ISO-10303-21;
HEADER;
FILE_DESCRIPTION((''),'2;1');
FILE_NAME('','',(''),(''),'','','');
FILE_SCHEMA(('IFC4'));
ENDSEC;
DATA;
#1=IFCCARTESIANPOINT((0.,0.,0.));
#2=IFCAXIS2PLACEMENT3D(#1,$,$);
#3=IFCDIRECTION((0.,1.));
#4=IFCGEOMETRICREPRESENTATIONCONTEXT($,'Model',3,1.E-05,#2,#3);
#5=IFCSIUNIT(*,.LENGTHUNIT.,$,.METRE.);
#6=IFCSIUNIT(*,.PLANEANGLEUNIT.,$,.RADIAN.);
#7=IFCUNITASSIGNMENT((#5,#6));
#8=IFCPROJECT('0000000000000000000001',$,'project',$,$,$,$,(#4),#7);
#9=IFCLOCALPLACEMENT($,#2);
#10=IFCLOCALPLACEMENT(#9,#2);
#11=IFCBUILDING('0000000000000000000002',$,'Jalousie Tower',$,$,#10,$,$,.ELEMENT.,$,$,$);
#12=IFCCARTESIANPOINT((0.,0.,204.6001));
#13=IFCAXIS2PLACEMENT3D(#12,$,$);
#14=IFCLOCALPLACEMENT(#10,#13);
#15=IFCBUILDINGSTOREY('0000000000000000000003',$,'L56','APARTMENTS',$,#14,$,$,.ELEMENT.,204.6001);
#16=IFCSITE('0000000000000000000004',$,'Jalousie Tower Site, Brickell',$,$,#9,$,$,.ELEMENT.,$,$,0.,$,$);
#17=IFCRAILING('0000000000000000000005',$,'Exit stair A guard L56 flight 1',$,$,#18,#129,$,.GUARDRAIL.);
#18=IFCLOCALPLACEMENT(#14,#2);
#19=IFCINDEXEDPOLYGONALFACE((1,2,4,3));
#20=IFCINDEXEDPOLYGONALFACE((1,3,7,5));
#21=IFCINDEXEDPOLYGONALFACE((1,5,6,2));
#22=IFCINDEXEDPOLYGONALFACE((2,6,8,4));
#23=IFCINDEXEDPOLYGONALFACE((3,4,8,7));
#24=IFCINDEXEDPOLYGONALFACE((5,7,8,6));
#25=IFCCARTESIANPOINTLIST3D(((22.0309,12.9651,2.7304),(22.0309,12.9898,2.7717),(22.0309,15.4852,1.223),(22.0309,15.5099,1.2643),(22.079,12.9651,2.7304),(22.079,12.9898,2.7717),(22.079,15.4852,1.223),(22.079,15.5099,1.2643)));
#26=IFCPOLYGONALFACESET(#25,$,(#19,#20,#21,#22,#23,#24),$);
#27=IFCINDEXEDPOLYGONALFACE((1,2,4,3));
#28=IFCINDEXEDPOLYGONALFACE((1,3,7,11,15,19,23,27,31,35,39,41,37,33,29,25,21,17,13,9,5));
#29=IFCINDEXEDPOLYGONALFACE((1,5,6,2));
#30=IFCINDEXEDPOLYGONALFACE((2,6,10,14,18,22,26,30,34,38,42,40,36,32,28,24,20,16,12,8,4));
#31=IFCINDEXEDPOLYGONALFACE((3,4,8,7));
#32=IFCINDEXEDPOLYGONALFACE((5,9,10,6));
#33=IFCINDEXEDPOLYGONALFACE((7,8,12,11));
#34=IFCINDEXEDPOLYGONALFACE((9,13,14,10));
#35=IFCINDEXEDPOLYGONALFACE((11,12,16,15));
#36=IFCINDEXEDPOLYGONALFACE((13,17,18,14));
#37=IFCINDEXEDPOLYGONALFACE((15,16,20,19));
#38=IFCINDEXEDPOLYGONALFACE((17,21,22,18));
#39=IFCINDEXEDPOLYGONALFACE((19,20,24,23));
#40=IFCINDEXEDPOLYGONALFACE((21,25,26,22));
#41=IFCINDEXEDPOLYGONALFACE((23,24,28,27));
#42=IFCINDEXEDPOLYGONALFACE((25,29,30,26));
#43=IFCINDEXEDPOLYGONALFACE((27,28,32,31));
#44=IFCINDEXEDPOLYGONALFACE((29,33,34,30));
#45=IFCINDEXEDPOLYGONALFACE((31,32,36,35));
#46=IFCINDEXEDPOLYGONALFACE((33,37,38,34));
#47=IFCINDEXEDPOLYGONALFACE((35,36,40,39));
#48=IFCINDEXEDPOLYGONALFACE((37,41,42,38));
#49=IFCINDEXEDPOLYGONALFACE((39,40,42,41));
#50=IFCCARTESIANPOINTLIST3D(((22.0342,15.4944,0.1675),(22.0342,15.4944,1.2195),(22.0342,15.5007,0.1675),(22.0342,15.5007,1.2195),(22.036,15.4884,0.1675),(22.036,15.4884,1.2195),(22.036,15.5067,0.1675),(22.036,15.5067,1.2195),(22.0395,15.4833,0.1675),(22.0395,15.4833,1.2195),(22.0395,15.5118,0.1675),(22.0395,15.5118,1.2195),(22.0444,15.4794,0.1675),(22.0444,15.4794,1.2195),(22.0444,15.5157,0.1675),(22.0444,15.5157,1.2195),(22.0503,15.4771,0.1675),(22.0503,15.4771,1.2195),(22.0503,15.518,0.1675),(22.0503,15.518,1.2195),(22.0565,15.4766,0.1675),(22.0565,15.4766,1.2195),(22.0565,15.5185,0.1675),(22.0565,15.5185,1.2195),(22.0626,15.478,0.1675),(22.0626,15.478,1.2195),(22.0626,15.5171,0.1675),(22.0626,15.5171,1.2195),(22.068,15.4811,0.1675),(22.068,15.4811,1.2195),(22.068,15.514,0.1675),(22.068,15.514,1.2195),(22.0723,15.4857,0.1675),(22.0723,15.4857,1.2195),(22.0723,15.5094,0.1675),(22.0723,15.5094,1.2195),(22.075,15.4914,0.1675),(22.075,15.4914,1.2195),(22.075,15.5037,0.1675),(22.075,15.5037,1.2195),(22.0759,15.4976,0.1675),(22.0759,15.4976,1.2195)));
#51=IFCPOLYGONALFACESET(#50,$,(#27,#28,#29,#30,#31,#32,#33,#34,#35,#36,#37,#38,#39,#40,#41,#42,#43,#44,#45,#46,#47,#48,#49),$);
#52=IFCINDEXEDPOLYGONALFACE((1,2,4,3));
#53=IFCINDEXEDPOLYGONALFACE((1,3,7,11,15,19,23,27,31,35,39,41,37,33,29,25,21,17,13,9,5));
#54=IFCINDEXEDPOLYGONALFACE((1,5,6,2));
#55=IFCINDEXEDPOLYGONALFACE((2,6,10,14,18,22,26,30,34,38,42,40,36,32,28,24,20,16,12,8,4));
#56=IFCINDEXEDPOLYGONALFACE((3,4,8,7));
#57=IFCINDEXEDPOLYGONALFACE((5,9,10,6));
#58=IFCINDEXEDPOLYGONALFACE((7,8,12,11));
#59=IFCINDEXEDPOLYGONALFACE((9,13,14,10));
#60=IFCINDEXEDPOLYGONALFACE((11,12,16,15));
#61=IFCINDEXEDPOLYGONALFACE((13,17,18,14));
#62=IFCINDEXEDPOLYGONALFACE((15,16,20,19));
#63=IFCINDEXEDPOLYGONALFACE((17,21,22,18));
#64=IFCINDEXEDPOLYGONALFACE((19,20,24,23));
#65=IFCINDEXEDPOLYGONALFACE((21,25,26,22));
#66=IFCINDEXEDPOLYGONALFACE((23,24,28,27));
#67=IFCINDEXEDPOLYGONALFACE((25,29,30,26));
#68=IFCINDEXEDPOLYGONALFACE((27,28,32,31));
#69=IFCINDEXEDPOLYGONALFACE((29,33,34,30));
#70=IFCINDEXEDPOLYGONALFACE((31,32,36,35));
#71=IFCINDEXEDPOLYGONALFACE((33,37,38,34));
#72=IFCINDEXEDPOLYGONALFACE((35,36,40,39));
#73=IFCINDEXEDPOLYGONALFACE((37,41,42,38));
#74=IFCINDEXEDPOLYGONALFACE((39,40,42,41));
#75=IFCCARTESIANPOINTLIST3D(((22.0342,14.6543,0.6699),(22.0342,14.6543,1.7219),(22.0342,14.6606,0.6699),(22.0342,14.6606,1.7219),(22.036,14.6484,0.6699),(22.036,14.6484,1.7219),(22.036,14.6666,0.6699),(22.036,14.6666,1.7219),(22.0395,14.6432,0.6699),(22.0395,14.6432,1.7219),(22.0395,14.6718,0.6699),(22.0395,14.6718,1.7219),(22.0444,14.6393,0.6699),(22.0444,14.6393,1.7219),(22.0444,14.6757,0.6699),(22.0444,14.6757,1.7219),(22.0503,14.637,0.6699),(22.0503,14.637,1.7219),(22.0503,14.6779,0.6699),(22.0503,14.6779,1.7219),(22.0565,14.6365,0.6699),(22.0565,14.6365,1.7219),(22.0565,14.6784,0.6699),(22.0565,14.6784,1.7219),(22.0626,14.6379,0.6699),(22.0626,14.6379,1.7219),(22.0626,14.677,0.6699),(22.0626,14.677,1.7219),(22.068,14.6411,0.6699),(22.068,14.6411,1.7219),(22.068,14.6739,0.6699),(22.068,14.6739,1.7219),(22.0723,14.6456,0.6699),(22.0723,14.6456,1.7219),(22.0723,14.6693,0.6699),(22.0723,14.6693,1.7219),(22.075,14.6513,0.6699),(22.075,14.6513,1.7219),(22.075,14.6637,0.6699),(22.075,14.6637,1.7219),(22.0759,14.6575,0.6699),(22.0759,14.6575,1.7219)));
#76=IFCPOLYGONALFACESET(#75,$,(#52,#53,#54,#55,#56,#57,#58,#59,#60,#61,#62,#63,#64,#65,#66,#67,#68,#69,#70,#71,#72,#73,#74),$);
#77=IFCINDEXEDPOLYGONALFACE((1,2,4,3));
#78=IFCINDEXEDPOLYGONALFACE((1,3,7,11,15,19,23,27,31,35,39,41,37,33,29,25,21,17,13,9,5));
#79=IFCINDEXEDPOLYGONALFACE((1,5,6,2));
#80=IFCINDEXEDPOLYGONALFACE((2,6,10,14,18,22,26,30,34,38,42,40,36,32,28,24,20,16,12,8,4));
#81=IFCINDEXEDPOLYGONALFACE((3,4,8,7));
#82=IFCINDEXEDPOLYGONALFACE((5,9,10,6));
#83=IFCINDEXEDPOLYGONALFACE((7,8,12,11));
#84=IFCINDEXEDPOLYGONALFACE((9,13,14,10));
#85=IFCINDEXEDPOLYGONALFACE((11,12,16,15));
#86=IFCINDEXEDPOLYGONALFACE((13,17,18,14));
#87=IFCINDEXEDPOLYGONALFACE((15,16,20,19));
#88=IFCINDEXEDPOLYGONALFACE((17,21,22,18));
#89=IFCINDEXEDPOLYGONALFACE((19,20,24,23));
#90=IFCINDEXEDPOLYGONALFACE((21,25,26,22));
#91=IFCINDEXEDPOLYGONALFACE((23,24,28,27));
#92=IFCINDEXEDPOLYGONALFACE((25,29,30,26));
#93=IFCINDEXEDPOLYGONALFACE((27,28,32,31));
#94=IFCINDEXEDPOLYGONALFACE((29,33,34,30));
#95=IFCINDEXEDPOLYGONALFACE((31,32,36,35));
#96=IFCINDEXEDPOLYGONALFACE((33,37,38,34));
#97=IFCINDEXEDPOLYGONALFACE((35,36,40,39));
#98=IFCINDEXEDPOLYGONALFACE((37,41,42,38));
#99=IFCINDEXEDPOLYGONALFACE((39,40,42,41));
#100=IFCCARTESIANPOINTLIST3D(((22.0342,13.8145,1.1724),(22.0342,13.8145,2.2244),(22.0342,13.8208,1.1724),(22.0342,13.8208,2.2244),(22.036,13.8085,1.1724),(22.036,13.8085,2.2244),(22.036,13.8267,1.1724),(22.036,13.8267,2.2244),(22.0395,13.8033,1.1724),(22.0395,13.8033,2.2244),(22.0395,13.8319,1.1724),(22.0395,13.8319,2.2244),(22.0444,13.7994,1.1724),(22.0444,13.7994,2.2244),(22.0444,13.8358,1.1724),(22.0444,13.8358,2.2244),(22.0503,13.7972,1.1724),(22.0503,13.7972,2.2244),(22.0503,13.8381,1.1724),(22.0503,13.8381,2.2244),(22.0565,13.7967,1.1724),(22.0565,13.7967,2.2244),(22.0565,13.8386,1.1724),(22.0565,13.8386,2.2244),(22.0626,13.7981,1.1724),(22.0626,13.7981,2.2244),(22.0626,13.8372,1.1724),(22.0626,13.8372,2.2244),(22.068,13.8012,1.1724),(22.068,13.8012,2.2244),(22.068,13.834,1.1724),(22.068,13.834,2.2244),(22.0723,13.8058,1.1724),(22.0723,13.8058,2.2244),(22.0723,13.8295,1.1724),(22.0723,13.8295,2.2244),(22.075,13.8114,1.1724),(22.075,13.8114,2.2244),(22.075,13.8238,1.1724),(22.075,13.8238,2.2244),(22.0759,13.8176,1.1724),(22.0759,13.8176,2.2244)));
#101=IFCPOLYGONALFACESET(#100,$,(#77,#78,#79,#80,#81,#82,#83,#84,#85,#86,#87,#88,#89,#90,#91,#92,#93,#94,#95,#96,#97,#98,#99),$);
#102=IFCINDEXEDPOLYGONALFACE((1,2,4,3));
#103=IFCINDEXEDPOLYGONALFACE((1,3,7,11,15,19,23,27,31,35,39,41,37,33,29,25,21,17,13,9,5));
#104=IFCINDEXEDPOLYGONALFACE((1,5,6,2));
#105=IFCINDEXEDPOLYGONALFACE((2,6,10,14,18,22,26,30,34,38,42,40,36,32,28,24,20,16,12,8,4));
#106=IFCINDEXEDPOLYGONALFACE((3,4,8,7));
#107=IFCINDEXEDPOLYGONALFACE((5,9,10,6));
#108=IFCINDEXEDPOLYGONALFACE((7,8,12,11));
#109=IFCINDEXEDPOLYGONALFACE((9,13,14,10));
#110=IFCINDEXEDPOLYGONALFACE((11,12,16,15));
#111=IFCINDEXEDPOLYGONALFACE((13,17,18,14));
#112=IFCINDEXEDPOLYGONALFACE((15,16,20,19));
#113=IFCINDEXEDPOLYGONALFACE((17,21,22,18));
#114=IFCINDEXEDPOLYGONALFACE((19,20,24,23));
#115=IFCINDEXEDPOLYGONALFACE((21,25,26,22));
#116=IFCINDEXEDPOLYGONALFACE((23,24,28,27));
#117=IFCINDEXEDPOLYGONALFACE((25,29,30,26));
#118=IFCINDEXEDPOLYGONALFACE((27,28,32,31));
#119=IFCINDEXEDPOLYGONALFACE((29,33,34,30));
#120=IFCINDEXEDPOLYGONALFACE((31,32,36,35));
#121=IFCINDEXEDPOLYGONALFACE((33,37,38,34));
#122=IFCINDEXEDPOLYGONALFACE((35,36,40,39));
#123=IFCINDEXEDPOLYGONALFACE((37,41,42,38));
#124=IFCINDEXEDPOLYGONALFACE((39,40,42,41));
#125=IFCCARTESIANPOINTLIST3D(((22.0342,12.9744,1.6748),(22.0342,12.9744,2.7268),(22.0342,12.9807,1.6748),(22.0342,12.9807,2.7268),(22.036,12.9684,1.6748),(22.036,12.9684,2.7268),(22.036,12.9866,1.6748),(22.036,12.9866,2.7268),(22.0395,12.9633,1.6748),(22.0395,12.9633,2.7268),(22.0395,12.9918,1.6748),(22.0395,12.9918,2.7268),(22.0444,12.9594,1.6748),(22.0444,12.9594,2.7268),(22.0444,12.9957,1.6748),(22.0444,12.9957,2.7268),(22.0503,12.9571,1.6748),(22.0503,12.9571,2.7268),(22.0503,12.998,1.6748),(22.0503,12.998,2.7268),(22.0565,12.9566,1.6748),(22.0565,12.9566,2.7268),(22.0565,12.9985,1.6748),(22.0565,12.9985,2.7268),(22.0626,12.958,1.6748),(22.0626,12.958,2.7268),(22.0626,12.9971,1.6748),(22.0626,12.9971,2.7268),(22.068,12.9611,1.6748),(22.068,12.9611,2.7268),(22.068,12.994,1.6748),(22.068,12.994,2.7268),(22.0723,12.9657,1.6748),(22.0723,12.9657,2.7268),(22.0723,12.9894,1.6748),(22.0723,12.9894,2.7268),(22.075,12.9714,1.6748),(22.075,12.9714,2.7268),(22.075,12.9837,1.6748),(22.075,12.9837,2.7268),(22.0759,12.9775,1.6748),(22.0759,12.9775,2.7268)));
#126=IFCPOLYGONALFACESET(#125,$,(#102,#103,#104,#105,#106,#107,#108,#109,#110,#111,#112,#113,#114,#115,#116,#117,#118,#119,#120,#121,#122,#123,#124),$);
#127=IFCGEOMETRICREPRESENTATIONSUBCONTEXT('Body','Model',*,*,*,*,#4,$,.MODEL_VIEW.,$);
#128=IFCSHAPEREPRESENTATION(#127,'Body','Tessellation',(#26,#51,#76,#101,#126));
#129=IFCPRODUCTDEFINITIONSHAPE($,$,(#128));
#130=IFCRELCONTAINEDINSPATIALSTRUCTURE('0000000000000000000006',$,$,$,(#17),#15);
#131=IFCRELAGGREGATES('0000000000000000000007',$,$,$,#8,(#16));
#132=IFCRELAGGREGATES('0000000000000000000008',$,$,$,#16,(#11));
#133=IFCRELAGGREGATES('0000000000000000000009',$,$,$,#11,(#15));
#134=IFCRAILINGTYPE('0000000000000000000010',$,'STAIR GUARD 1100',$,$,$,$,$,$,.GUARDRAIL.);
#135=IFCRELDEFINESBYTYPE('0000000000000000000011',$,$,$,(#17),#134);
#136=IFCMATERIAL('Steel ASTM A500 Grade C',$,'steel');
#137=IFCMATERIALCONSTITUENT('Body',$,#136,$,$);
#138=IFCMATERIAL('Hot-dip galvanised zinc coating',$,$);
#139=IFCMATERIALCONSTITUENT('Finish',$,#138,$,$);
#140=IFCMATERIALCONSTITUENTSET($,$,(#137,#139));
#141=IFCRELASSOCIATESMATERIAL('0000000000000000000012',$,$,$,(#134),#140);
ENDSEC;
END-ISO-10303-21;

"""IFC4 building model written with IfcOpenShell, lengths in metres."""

from ifc_helpers import new_model, si_unit, direction, frame, origin, origin_2d, place, context, subcontext, project, spatial, rectangle, circle, extrude, material, constituent, constituent_set, type_object, element, save


model = new_model("IFC4")

# Units and contexts
model_context = context("Model", 3, precision=1e-05, world=origin(), true_north=direction((0.0, 1.0)))
body_context = subcontext(model_context, "Body", "Model", "MODEL_VIEW")
ifc_project = project(units=[si_unit("LENGTHUNIT", "METRE"), si_unit("PLANEANGLEUNIT", "RADIAN")], contexts=[model_context])

# Site, building, storey
site_placement = place(None, origin())
site = spatial("IfcSite", under=ifc_project, at=site_placement, Name="Jalousie Tower Site, Brickell", CompositionType="ELEMENT", RefElevation=0.0)
building_placement = place(site_placement, origin())
building = spatial("IfcBuilding", under=site, at=building_placement, Name="Jalousie Tower", CompositionType="ELEMENT")
storey_placement = place(building_placement, frame((0.0, 0.0, 204.6001)))
storey = spatial("IfcBuildingStorey", under=building, at=storey_placement, Name="L56", Description="APARTMENTS", CompositionType="ELEMENT", Elevation=204.6001)

# Railing
ifc_material_1 = material(Name="Steel ASTM A500 Grade C", Category="steel")
ifc_constituent_1 = constituent(ifc_material_1, Name="Body")
ifc_material_2 = material(Name="Hot-dip galvanised zinc coating")
ifc_constituent_2 = constituent(ifc_material_2, Name="Finish")
ifc_constituent_set_1 = constituent_set(constituents=[ifc_constituent_1, ifc_constituent_2])
railing_type_1 = type_object("IfcRailingType", Name="STAIR GUARD 1100", PredefinedType="GUARDRAIL", material=ifc_constituent_set_1)
railing_1_placement = place(storey_placement, frame((22.0549, 15.4976, 0.1675)))
element("IfcRailing", 1, at=railing_1_placement, inside=storey, type_object=railing_type_1, Name="Exit stair A guard L56 flight 1", PredefinedType="GUARDRAIL", context=body_context, shape_type="SweptSolid", body=[
    extrude(rectangle(XDim=0.0481, YDim=0.0481, at=origin_2d()), frame((0.0, 0.0, 1.0762), z_axis=(0.0, -0.858196, 0.513321), x_axis=(1.0, 0.0, 0.0)), (0.0, 0.0, 1.0), 2.9365),
    extrude(circle(Radius=0.021, at=origin_2d()), origin(), (0.0, 0.0, 1.0), 1.052),
    extrude(circle(Radius=0.021, at=origin_2d()), frame((0.0, -0.8401, 0.5024)), (0.0, 0.0, 1.0), 1.052),
    extrude(circle(Radius=0.021, at=origin_2d()), frame((0.0, -1.6799, 1.0049)), (0.0, 0.0, 1.0), 1.052),
    extrude(circle(Radius=0.021, at=origin_2d()), frame((0.0, -2.52, 1.5073)), (0.0, 0.0, 1.0), 1.052),
])

save(model, "model.ifc")
